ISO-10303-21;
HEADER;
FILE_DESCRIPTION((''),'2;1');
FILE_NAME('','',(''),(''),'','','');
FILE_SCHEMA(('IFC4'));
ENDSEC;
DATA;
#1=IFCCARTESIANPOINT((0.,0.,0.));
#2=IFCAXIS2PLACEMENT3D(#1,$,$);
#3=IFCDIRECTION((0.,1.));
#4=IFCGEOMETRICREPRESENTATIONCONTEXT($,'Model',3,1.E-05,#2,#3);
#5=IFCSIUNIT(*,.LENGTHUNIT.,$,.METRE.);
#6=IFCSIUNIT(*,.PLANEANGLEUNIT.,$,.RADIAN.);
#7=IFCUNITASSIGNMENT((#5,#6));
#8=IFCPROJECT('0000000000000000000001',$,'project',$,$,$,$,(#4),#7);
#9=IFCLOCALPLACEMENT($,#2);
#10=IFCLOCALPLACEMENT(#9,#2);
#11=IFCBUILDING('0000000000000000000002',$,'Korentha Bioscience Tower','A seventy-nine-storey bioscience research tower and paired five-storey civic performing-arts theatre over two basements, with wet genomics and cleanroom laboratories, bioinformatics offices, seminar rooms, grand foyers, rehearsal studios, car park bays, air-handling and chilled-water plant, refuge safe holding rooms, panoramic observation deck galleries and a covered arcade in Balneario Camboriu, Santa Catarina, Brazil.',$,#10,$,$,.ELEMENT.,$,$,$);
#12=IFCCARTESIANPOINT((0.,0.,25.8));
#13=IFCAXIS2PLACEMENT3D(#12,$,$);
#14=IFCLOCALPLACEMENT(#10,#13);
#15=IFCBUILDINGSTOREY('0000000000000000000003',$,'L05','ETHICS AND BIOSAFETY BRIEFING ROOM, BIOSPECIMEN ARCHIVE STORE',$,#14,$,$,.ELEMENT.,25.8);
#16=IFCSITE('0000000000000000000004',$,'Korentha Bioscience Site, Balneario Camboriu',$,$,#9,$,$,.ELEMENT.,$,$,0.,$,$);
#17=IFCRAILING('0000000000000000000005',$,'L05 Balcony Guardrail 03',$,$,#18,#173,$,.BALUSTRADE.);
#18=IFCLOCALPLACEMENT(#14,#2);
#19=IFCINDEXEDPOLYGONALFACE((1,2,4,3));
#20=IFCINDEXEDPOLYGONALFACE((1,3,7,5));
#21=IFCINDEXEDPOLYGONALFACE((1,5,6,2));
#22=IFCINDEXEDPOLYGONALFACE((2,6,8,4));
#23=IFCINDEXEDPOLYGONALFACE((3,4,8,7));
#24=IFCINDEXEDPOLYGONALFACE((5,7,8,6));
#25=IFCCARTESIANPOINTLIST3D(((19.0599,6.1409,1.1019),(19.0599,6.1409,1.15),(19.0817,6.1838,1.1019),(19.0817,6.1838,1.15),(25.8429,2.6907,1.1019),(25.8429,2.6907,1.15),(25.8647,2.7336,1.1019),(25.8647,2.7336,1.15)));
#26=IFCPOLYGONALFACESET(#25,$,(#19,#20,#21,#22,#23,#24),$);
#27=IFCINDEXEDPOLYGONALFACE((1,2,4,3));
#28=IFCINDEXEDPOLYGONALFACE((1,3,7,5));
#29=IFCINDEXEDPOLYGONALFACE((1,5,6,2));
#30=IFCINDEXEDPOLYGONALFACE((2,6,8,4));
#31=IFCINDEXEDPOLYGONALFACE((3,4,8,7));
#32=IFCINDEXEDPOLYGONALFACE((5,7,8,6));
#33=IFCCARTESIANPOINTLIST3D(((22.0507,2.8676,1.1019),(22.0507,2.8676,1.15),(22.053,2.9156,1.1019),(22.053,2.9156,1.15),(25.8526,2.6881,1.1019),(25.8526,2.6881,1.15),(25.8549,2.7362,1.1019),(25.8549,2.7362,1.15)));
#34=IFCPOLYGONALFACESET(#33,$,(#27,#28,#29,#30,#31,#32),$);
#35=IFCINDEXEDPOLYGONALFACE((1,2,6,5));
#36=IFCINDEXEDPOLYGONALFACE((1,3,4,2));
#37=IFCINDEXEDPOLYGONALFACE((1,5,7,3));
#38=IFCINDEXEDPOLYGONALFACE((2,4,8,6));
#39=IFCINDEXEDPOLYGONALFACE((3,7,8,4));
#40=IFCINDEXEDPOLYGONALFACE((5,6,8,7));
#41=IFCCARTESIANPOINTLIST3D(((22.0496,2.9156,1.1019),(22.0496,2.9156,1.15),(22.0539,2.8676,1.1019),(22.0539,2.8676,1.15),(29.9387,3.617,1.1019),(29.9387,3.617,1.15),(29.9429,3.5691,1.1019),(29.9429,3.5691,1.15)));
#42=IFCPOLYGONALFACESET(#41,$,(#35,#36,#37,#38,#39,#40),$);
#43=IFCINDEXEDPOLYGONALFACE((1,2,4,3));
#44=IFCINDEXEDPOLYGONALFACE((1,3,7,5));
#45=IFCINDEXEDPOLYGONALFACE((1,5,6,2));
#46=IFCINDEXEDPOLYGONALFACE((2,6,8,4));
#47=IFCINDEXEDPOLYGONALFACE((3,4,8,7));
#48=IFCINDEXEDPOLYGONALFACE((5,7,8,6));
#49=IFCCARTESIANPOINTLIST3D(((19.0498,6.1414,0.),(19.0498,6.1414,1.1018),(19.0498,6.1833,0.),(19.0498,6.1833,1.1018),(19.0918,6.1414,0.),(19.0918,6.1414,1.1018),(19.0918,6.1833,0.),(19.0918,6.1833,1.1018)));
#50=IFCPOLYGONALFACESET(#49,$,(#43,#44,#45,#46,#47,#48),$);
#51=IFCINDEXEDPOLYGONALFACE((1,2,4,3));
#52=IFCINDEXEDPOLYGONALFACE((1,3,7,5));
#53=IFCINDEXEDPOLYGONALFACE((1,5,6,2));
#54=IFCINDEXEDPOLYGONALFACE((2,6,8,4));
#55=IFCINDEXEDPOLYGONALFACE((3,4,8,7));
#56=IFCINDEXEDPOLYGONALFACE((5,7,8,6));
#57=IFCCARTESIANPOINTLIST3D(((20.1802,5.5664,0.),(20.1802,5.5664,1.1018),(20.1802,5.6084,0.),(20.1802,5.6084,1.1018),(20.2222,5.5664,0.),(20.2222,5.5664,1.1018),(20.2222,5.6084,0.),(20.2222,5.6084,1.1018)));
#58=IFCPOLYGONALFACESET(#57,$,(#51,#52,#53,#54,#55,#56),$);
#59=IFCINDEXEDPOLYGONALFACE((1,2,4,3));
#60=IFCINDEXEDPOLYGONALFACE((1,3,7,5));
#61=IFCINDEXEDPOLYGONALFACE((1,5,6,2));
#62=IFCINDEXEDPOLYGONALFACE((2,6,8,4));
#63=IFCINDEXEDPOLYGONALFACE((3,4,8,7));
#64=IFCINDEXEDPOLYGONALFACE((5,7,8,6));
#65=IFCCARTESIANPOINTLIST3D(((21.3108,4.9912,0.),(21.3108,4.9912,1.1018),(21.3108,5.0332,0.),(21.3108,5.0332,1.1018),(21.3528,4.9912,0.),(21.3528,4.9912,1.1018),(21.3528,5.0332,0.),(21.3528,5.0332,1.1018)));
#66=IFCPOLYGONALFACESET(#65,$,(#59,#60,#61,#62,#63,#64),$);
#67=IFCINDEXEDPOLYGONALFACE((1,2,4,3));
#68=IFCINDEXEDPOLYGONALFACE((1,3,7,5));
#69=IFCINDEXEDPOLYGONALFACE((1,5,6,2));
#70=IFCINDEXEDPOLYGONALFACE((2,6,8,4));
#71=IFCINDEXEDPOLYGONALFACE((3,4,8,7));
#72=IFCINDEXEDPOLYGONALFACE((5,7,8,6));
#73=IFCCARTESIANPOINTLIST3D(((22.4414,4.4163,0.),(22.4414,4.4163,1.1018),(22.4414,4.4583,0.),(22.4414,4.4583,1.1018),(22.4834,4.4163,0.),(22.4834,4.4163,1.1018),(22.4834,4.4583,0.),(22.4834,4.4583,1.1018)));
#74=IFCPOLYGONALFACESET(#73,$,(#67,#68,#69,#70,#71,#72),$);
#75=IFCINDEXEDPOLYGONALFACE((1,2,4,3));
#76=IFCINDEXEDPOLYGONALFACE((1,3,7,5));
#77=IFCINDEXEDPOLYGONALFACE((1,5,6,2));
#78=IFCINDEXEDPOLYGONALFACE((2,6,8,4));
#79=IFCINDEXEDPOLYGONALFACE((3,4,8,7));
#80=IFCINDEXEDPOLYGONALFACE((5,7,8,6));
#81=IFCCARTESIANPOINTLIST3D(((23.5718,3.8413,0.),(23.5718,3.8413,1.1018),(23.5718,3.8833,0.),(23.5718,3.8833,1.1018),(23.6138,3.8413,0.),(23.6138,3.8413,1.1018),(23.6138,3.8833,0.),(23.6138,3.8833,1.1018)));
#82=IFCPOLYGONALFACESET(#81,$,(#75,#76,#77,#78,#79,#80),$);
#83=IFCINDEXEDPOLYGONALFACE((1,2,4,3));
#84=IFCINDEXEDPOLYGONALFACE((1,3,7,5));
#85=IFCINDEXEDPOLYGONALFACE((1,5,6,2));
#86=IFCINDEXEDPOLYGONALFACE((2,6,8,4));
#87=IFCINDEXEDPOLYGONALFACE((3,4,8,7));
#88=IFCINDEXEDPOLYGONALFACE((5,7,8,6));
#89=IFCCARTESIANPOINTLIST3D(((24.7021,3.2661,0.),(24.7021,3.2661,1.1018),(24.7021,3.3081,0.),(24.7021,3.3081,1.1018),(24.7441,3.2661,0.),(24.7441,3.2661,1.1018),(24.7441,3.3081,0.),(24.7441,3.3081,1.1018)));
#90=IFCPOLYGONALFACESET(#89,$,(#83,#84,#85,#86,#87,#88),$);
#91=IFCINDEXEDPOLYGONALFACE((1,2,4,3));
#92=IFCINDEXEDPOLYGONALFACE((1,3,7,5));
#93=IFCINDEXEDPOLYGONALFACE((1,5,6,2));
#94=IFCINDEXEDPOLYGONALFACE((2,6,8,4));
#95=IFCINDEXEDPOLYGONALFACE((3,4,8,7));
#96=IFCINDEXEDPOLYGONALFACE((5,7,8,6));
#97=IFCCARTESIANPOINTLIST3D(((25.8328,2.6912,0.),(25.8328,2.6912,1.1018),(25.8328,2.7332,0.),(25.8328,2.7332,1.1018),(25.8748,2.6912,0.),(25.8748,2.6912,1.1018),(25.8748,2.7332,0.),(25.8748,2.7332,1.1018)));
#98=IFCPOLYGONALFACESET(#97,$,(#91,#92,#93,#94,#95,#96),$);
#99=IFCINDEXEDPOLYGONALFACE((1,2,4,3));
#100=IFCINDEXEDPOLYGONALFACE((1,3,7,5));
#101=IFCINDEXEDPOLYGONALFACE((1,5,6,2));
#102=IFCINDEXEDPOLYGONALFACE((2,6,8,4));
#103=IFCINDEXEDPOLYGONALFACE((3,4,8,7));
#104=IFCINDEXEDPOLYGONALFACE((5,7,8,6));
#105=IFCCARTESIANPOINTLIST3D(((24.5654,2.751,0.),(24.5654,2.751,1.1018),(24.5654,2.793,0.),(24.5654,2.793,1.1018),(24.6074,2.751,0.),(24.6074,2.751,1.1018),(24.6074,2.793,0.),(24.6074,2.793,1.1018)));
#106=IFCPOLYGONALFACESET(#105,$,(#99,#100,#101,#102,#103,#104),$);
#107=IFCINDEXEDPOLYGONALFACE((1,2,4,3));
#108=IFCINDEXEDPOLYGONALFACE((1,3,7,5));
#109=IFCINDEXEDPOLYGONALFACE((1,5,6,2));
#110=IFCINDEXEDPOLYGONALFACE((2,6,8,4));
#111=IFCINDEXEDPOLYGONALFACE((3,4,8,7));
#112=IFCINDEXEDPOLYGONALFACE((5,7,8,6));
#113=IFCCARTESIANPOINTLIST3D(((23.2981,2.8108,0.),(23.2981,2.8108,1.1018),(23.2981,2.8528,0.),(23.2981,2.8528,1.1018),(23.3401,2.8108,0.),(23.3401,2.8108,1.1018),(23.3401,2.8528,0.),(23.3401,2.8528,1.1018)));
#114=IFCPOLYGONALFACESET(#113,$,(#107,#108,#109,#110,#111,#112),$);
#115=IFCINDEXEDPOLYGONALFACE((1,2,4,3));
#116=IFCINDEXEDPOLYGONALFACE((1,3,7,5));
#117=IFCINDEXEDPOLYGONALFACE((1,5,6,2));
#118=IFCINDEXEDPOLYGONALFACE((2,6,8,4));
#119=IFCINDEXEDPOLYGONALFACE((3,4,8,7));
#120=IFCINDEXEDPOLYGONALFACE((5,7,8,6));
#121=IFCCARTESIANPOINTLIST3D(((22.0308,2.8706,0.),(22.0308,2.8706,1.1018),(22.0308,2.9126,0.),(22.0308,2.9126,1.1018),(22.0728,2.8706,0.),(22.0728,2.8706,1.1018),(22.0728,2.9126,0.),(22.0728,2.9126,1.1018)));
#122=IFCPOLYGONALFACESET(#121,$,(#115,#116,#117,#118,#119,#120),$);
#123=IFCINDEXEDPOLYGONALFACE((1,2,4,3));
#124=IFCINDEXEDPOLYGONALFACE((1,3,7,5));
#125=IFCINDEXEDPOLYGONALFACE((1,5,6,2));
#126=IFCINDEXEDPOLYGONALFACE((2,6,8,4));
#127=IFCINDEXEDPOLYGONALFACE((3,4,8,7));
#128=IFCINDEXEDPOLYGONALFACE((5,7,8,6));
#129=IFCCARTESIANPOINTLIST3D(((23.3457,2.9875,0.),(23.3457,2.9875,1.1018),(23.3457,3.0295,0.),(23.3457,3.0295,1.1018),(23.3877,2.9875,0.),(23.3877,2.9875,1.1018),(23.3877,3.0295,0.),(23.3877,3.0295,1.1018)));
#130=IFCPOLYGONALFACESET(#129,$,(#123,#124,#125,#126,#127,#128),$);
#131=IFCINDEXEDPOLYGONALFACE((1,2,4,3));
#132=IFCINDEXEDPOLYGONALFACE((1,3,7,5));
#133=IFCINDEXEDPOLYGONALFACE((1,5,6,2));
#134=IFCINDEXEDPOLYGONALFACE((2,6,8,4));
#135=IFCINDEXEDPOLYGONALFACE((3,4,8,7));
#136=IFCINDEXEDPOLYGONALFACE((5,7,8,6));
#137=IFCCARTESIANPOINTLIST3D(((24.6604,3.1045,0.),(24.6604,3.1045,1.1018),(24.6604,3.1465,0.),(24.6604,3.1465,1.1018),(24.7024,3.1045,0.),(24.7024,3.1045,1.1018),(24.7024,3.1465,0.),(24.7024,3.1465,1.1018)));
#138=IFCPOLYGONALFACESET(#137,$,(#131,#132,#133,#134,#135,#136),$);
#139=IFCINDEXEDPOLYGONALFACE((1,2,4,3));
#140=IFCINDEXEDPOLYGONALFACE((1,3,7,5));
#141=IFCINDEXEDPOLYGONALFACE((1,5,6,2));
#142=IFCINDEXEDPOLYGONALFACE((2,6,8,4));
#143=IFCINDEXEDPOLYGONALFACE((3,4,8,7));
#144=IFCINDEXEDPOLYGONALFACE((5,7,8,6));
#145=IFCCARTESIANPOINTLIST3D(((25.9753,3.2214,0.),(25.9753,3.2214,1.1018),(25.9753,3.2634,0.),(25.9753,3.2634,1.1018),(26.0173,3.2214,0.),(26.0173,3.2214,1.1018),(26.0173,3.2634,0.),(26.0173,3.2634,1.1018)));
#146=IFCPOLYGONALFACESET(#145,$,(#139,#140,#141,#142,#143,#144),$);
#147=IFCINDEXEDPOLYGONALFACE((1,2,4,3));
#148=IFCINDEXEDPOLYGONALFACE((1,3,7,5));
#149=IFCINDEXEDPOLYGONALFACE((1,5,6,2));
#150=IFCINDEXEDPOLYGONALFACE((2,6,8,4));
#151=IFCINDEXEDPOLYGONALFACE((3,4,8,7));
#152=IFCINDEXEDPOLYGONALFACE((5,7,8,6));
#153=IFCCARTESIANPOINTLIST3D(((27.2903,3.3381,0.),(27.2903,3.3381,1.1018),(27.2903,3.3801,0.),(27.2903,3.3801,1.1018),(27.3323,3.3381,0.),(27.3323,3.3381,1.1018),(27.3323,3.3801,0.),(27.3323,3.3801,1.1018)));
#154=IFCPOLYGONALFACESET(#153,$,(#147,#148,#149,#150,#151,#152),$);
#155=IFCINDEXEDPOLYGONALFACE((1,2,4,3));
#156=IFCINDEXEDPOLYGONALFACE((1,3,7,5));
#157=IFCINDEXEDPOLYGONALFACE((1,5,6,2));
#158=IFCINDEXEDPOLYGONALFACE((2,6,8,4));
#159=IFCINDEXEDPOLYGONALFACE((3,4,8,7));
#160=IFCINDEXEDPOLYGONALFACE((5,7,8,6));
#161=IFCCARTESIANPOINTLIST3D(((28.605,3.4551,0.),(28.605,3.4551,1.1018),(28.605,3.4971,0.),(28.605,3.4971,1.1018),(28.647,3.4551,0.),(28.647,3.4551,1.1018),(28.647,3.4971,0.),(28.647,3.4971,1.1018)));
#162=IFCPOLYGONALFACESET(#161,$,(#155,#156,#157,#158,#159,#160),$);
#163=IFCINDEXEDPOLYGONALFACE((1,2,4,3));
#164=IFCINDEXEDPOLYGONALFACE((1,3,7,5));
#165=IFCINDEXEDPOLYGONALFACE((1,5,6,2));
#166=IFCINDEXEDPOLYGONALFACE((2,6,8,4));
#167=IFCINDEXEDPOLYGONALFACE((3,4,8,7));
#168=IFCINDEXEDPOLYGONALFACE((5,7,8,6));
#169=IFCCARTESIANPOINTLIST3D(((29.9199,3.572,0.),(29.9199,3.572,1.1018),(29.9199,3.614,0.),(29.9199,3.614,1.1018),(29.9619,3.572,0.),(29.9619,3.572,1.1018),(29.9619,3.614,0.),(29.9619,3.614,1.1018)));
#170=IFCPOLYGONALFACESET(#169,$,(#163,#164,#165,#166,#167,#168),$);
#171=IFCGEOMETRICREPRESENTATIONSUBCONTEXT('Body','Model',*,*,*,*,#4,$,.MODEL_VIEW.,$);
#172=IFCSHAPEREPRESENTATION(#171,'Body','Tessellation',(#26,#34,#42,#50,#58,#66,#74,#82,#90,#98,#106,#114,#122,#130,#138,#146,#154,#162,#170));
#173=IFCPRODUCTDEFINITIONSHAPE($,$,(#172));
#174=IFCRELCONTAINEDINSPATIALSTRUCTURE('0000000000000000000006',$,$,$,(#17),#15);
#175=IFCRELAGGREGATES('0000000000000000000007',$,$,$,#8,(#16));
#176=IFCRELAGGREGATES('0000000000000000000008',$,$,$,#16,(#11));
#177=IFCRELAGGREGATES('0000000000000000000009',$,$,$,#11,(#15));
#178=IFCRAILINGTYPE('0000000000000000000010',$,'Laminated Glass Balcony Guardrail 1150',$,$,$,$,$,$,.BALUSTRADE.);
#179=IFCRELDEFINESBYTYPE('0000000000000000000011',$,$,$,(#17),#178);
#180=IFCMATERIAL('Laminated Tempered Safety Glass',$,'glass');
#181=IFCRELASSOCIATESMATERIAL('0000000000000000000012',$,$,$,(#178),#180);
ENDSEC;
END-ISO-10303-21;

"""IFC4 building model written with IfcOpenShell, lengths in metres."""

from ifc_helpers import new_model, si_unit, direction, frame, origin, origin_2d, place, context, subcontext, project, spatial, rectangle, extrude, material, type_object, element, save


model = new_model("IFC4")

# Units and contexts
model_context = context("Model", 3, precision=1e-05, world=origin(), true_north=direction((0.0, 1.0)))
body_context = subcontext(model_context, "Body", "Model", "MODEL_VIEW")
ifc_project = project(units=[si_unit("LENGTHUNIT", "METRE"), si_unit("PLANEANGLEUNIT", "RADIAN")], contexts=[model_context])

# Site, building, storey
site_placement = place(None, origin())
site = spatial("IfcSite", under=ifc_project, at=site_placement, Name="Korentha Bioscience Site, Balneario Camboriu", CompositionType="ELEMENT", RefElevation=0.0)
building_placement = place(site_placement, origin())
building = spatial("IfcBuilding", under=site, at=building_placement, Name="Korentha Bioscience Tower", Description="A seventy-nine-storey bioscience research tower and paired five-storey civic performing-arts theatre over two basements, with wet genomics and cleanroom laboratories, bioinformatics offices, seminar rooms, grand foyers, rehearsal studios, car park bays, air-handling and chilled-water plant, refuge safe holding rooms, panoramic observation deck galleries and a covered arcade in Balneario Camboriu, Santa Catarina, Brazil.", CompositionType="ELEMENT")
storey_placement = place(building_placement, frame((0.0, 0.0, 25.8)))
storey = spatial("IfcBuildingStorey", under=building, at=storey_placement, Name="L05", Description="ETHICS AND BIOSAFETY BRIEFING ROOM, BIOSPECIMEN ARCHIVE STORE", CompositionType="ELEMENT", Elevation=25.8)

# Railing
ifc_material_1 = material(Name="Laminated Tempered Safety Glass", Category="glass")
railing_type = type_object("IfcRailingType", Name="Laminated Glass Balcony Guardrail 1150", PredefinedType="BALUSTRADE", material=ifc_material_1)
railing_placement = place(storey_placement, frame((19.0708, 6.1624, 0.0)))
element("IfcRailing", 1, at=railing_placement, inside=storey, type_object=railing_type, Name="L05 Balcony Guardrail 03", PredefinedType="BALUSTRADE", context=body_context, shape_type="SweptSolid", body=[
    extrude(rectangle(XDim=0.0481, YDim=0.0481, at=origin_2d()), frame((0.0, 0.0, 1.126), z_axis=(0.89132, -0.453375, 0.0), x_axis=(0.453375, 0.89132, 0.0)), (0.0, 0.0, 1.0), 7.6101),
    extrude(rectangle(XDim=0.0481, YDim=0.0481, at=origin_2d()), frame((6.783, -3.4502, 1.126), z_axis=(-0.998888, 0.047145, 0.0), x_axis=(-0.047145, -0.998888, 0.0)), (0.0, 0.0, 1.0), 3.8062),
    extrude(rectangle(XDim=0.0481, YDim=0.0481, at=origin_2d()), frame((2.981, -3.2708, 1.126), z_axis=(0.996071, 0.088559, 0.0), x_axis=(-0.088559, 0.996071, 0.0)), (0.0, 0.0, 1.0), 7.9202),
    extrude(rectangle(XDim=0.042, YDim=0.042, at=origin_2d()), origin(), (0.0, 0.0, 1.0), 1.1018),
    extrude(rectangle(XDim=0.042, YDim=0.042, at=origin_2d()), frame((1.1304, -0.575, 0.0)), (0.0, 0.0, 1.0), 1.1018),
    extrude(rectangle(XDim=0.042, YDim=0.042, at=origin_2d()), frame((2.261, -1.1501, 0.0)), (0.0, 0.0, 1.0), 1.1018),
    extrude(rectangle(XDim=0.042, YDim=0.042, at=origin_2d()), frame((3.3916, -1.7251, 0.0)), (0.0, 0.0, 1.0), 1.1018),
    extrude(rectangle(XDim=0.042, YDim=0.042, at=origin_2d()), frame((4.522, -2.3, 0.0)), (0.0, 0.0, 1.0), 1.1018),
    extrude(rectangle(XDim=0.042, YDim=0.042, at=origin_2d()), frame((5.6523, -2.8752, 0.0)), (0.0, 0.0, 1.0), 1.1018),
    extrude(rectangle(XDim=0.042, YDim=0.042, at=origin_2d()), frame((6.783, -3.4502, 0.0)), (0.0, 0.0, 1.0), 1.1018),
    extrude(rectangle(XDim=0.042, YDim=0.042, at=origin_2d()), frame((5.5156, -3.3904, 0.0)), (0.0, 0.0, 1.0), 1.1018),
    extrude(rectangle(XDim=0.042, YDim=0.042, at=origin_2d()), frame((4.2483, -3.3306, 0.0)), (0.0, 0.0, 1.0), 1.1018),
    extrude(rectangle(XDim=0.042, YDim=0.042, at=origin_2d()), frame((2.981, -3.2708, 0.0)), (0.0, 0.0, 1.0), 1.1018),
    extrude(rectangle(XDim=0.042, YDim=0.042, at=origin_2d()), frame((4.2959, -3.1538, 0.0)), (0.0, 0.0, 1.0), 1.1018),
    extrude(rectangle(XDim=0.042, YDim=0.042, at=origin_2d()), frame((5.6106, -3.0369, 0.0)), (0.0, 0.0, 1.0), 1.1018),
    extrude(rectangle(XDim=0.042, YDim=0.042, at=origin_2d()), frame((6.9255, -2.9199, 0.0)), (0.0, 0.0, 1.0), 1.1018),
    extrude(rectangle(XDim=0.042, YDim=0.042, at=origin_2d()), frame((8.2405, -2.8032, 0.0)), (0.0, 0.0, 1.0), 1.1018),
    extrude(rectangle(XDim=0.042, YDim=0.042, at=origin_2d()), frame((9.5552, -2.6863, 0.0)), (0.0, 0.0, 1.0), 1.1018),
    extrude(rectangle(XDim=0.042, YDim=0.042, at=origin_2d()), frame((10.8701, -2.5693, 0.0)), (0.0, 0.0, 1.0), 1.1018),
])

save(model, "model.ifc")
